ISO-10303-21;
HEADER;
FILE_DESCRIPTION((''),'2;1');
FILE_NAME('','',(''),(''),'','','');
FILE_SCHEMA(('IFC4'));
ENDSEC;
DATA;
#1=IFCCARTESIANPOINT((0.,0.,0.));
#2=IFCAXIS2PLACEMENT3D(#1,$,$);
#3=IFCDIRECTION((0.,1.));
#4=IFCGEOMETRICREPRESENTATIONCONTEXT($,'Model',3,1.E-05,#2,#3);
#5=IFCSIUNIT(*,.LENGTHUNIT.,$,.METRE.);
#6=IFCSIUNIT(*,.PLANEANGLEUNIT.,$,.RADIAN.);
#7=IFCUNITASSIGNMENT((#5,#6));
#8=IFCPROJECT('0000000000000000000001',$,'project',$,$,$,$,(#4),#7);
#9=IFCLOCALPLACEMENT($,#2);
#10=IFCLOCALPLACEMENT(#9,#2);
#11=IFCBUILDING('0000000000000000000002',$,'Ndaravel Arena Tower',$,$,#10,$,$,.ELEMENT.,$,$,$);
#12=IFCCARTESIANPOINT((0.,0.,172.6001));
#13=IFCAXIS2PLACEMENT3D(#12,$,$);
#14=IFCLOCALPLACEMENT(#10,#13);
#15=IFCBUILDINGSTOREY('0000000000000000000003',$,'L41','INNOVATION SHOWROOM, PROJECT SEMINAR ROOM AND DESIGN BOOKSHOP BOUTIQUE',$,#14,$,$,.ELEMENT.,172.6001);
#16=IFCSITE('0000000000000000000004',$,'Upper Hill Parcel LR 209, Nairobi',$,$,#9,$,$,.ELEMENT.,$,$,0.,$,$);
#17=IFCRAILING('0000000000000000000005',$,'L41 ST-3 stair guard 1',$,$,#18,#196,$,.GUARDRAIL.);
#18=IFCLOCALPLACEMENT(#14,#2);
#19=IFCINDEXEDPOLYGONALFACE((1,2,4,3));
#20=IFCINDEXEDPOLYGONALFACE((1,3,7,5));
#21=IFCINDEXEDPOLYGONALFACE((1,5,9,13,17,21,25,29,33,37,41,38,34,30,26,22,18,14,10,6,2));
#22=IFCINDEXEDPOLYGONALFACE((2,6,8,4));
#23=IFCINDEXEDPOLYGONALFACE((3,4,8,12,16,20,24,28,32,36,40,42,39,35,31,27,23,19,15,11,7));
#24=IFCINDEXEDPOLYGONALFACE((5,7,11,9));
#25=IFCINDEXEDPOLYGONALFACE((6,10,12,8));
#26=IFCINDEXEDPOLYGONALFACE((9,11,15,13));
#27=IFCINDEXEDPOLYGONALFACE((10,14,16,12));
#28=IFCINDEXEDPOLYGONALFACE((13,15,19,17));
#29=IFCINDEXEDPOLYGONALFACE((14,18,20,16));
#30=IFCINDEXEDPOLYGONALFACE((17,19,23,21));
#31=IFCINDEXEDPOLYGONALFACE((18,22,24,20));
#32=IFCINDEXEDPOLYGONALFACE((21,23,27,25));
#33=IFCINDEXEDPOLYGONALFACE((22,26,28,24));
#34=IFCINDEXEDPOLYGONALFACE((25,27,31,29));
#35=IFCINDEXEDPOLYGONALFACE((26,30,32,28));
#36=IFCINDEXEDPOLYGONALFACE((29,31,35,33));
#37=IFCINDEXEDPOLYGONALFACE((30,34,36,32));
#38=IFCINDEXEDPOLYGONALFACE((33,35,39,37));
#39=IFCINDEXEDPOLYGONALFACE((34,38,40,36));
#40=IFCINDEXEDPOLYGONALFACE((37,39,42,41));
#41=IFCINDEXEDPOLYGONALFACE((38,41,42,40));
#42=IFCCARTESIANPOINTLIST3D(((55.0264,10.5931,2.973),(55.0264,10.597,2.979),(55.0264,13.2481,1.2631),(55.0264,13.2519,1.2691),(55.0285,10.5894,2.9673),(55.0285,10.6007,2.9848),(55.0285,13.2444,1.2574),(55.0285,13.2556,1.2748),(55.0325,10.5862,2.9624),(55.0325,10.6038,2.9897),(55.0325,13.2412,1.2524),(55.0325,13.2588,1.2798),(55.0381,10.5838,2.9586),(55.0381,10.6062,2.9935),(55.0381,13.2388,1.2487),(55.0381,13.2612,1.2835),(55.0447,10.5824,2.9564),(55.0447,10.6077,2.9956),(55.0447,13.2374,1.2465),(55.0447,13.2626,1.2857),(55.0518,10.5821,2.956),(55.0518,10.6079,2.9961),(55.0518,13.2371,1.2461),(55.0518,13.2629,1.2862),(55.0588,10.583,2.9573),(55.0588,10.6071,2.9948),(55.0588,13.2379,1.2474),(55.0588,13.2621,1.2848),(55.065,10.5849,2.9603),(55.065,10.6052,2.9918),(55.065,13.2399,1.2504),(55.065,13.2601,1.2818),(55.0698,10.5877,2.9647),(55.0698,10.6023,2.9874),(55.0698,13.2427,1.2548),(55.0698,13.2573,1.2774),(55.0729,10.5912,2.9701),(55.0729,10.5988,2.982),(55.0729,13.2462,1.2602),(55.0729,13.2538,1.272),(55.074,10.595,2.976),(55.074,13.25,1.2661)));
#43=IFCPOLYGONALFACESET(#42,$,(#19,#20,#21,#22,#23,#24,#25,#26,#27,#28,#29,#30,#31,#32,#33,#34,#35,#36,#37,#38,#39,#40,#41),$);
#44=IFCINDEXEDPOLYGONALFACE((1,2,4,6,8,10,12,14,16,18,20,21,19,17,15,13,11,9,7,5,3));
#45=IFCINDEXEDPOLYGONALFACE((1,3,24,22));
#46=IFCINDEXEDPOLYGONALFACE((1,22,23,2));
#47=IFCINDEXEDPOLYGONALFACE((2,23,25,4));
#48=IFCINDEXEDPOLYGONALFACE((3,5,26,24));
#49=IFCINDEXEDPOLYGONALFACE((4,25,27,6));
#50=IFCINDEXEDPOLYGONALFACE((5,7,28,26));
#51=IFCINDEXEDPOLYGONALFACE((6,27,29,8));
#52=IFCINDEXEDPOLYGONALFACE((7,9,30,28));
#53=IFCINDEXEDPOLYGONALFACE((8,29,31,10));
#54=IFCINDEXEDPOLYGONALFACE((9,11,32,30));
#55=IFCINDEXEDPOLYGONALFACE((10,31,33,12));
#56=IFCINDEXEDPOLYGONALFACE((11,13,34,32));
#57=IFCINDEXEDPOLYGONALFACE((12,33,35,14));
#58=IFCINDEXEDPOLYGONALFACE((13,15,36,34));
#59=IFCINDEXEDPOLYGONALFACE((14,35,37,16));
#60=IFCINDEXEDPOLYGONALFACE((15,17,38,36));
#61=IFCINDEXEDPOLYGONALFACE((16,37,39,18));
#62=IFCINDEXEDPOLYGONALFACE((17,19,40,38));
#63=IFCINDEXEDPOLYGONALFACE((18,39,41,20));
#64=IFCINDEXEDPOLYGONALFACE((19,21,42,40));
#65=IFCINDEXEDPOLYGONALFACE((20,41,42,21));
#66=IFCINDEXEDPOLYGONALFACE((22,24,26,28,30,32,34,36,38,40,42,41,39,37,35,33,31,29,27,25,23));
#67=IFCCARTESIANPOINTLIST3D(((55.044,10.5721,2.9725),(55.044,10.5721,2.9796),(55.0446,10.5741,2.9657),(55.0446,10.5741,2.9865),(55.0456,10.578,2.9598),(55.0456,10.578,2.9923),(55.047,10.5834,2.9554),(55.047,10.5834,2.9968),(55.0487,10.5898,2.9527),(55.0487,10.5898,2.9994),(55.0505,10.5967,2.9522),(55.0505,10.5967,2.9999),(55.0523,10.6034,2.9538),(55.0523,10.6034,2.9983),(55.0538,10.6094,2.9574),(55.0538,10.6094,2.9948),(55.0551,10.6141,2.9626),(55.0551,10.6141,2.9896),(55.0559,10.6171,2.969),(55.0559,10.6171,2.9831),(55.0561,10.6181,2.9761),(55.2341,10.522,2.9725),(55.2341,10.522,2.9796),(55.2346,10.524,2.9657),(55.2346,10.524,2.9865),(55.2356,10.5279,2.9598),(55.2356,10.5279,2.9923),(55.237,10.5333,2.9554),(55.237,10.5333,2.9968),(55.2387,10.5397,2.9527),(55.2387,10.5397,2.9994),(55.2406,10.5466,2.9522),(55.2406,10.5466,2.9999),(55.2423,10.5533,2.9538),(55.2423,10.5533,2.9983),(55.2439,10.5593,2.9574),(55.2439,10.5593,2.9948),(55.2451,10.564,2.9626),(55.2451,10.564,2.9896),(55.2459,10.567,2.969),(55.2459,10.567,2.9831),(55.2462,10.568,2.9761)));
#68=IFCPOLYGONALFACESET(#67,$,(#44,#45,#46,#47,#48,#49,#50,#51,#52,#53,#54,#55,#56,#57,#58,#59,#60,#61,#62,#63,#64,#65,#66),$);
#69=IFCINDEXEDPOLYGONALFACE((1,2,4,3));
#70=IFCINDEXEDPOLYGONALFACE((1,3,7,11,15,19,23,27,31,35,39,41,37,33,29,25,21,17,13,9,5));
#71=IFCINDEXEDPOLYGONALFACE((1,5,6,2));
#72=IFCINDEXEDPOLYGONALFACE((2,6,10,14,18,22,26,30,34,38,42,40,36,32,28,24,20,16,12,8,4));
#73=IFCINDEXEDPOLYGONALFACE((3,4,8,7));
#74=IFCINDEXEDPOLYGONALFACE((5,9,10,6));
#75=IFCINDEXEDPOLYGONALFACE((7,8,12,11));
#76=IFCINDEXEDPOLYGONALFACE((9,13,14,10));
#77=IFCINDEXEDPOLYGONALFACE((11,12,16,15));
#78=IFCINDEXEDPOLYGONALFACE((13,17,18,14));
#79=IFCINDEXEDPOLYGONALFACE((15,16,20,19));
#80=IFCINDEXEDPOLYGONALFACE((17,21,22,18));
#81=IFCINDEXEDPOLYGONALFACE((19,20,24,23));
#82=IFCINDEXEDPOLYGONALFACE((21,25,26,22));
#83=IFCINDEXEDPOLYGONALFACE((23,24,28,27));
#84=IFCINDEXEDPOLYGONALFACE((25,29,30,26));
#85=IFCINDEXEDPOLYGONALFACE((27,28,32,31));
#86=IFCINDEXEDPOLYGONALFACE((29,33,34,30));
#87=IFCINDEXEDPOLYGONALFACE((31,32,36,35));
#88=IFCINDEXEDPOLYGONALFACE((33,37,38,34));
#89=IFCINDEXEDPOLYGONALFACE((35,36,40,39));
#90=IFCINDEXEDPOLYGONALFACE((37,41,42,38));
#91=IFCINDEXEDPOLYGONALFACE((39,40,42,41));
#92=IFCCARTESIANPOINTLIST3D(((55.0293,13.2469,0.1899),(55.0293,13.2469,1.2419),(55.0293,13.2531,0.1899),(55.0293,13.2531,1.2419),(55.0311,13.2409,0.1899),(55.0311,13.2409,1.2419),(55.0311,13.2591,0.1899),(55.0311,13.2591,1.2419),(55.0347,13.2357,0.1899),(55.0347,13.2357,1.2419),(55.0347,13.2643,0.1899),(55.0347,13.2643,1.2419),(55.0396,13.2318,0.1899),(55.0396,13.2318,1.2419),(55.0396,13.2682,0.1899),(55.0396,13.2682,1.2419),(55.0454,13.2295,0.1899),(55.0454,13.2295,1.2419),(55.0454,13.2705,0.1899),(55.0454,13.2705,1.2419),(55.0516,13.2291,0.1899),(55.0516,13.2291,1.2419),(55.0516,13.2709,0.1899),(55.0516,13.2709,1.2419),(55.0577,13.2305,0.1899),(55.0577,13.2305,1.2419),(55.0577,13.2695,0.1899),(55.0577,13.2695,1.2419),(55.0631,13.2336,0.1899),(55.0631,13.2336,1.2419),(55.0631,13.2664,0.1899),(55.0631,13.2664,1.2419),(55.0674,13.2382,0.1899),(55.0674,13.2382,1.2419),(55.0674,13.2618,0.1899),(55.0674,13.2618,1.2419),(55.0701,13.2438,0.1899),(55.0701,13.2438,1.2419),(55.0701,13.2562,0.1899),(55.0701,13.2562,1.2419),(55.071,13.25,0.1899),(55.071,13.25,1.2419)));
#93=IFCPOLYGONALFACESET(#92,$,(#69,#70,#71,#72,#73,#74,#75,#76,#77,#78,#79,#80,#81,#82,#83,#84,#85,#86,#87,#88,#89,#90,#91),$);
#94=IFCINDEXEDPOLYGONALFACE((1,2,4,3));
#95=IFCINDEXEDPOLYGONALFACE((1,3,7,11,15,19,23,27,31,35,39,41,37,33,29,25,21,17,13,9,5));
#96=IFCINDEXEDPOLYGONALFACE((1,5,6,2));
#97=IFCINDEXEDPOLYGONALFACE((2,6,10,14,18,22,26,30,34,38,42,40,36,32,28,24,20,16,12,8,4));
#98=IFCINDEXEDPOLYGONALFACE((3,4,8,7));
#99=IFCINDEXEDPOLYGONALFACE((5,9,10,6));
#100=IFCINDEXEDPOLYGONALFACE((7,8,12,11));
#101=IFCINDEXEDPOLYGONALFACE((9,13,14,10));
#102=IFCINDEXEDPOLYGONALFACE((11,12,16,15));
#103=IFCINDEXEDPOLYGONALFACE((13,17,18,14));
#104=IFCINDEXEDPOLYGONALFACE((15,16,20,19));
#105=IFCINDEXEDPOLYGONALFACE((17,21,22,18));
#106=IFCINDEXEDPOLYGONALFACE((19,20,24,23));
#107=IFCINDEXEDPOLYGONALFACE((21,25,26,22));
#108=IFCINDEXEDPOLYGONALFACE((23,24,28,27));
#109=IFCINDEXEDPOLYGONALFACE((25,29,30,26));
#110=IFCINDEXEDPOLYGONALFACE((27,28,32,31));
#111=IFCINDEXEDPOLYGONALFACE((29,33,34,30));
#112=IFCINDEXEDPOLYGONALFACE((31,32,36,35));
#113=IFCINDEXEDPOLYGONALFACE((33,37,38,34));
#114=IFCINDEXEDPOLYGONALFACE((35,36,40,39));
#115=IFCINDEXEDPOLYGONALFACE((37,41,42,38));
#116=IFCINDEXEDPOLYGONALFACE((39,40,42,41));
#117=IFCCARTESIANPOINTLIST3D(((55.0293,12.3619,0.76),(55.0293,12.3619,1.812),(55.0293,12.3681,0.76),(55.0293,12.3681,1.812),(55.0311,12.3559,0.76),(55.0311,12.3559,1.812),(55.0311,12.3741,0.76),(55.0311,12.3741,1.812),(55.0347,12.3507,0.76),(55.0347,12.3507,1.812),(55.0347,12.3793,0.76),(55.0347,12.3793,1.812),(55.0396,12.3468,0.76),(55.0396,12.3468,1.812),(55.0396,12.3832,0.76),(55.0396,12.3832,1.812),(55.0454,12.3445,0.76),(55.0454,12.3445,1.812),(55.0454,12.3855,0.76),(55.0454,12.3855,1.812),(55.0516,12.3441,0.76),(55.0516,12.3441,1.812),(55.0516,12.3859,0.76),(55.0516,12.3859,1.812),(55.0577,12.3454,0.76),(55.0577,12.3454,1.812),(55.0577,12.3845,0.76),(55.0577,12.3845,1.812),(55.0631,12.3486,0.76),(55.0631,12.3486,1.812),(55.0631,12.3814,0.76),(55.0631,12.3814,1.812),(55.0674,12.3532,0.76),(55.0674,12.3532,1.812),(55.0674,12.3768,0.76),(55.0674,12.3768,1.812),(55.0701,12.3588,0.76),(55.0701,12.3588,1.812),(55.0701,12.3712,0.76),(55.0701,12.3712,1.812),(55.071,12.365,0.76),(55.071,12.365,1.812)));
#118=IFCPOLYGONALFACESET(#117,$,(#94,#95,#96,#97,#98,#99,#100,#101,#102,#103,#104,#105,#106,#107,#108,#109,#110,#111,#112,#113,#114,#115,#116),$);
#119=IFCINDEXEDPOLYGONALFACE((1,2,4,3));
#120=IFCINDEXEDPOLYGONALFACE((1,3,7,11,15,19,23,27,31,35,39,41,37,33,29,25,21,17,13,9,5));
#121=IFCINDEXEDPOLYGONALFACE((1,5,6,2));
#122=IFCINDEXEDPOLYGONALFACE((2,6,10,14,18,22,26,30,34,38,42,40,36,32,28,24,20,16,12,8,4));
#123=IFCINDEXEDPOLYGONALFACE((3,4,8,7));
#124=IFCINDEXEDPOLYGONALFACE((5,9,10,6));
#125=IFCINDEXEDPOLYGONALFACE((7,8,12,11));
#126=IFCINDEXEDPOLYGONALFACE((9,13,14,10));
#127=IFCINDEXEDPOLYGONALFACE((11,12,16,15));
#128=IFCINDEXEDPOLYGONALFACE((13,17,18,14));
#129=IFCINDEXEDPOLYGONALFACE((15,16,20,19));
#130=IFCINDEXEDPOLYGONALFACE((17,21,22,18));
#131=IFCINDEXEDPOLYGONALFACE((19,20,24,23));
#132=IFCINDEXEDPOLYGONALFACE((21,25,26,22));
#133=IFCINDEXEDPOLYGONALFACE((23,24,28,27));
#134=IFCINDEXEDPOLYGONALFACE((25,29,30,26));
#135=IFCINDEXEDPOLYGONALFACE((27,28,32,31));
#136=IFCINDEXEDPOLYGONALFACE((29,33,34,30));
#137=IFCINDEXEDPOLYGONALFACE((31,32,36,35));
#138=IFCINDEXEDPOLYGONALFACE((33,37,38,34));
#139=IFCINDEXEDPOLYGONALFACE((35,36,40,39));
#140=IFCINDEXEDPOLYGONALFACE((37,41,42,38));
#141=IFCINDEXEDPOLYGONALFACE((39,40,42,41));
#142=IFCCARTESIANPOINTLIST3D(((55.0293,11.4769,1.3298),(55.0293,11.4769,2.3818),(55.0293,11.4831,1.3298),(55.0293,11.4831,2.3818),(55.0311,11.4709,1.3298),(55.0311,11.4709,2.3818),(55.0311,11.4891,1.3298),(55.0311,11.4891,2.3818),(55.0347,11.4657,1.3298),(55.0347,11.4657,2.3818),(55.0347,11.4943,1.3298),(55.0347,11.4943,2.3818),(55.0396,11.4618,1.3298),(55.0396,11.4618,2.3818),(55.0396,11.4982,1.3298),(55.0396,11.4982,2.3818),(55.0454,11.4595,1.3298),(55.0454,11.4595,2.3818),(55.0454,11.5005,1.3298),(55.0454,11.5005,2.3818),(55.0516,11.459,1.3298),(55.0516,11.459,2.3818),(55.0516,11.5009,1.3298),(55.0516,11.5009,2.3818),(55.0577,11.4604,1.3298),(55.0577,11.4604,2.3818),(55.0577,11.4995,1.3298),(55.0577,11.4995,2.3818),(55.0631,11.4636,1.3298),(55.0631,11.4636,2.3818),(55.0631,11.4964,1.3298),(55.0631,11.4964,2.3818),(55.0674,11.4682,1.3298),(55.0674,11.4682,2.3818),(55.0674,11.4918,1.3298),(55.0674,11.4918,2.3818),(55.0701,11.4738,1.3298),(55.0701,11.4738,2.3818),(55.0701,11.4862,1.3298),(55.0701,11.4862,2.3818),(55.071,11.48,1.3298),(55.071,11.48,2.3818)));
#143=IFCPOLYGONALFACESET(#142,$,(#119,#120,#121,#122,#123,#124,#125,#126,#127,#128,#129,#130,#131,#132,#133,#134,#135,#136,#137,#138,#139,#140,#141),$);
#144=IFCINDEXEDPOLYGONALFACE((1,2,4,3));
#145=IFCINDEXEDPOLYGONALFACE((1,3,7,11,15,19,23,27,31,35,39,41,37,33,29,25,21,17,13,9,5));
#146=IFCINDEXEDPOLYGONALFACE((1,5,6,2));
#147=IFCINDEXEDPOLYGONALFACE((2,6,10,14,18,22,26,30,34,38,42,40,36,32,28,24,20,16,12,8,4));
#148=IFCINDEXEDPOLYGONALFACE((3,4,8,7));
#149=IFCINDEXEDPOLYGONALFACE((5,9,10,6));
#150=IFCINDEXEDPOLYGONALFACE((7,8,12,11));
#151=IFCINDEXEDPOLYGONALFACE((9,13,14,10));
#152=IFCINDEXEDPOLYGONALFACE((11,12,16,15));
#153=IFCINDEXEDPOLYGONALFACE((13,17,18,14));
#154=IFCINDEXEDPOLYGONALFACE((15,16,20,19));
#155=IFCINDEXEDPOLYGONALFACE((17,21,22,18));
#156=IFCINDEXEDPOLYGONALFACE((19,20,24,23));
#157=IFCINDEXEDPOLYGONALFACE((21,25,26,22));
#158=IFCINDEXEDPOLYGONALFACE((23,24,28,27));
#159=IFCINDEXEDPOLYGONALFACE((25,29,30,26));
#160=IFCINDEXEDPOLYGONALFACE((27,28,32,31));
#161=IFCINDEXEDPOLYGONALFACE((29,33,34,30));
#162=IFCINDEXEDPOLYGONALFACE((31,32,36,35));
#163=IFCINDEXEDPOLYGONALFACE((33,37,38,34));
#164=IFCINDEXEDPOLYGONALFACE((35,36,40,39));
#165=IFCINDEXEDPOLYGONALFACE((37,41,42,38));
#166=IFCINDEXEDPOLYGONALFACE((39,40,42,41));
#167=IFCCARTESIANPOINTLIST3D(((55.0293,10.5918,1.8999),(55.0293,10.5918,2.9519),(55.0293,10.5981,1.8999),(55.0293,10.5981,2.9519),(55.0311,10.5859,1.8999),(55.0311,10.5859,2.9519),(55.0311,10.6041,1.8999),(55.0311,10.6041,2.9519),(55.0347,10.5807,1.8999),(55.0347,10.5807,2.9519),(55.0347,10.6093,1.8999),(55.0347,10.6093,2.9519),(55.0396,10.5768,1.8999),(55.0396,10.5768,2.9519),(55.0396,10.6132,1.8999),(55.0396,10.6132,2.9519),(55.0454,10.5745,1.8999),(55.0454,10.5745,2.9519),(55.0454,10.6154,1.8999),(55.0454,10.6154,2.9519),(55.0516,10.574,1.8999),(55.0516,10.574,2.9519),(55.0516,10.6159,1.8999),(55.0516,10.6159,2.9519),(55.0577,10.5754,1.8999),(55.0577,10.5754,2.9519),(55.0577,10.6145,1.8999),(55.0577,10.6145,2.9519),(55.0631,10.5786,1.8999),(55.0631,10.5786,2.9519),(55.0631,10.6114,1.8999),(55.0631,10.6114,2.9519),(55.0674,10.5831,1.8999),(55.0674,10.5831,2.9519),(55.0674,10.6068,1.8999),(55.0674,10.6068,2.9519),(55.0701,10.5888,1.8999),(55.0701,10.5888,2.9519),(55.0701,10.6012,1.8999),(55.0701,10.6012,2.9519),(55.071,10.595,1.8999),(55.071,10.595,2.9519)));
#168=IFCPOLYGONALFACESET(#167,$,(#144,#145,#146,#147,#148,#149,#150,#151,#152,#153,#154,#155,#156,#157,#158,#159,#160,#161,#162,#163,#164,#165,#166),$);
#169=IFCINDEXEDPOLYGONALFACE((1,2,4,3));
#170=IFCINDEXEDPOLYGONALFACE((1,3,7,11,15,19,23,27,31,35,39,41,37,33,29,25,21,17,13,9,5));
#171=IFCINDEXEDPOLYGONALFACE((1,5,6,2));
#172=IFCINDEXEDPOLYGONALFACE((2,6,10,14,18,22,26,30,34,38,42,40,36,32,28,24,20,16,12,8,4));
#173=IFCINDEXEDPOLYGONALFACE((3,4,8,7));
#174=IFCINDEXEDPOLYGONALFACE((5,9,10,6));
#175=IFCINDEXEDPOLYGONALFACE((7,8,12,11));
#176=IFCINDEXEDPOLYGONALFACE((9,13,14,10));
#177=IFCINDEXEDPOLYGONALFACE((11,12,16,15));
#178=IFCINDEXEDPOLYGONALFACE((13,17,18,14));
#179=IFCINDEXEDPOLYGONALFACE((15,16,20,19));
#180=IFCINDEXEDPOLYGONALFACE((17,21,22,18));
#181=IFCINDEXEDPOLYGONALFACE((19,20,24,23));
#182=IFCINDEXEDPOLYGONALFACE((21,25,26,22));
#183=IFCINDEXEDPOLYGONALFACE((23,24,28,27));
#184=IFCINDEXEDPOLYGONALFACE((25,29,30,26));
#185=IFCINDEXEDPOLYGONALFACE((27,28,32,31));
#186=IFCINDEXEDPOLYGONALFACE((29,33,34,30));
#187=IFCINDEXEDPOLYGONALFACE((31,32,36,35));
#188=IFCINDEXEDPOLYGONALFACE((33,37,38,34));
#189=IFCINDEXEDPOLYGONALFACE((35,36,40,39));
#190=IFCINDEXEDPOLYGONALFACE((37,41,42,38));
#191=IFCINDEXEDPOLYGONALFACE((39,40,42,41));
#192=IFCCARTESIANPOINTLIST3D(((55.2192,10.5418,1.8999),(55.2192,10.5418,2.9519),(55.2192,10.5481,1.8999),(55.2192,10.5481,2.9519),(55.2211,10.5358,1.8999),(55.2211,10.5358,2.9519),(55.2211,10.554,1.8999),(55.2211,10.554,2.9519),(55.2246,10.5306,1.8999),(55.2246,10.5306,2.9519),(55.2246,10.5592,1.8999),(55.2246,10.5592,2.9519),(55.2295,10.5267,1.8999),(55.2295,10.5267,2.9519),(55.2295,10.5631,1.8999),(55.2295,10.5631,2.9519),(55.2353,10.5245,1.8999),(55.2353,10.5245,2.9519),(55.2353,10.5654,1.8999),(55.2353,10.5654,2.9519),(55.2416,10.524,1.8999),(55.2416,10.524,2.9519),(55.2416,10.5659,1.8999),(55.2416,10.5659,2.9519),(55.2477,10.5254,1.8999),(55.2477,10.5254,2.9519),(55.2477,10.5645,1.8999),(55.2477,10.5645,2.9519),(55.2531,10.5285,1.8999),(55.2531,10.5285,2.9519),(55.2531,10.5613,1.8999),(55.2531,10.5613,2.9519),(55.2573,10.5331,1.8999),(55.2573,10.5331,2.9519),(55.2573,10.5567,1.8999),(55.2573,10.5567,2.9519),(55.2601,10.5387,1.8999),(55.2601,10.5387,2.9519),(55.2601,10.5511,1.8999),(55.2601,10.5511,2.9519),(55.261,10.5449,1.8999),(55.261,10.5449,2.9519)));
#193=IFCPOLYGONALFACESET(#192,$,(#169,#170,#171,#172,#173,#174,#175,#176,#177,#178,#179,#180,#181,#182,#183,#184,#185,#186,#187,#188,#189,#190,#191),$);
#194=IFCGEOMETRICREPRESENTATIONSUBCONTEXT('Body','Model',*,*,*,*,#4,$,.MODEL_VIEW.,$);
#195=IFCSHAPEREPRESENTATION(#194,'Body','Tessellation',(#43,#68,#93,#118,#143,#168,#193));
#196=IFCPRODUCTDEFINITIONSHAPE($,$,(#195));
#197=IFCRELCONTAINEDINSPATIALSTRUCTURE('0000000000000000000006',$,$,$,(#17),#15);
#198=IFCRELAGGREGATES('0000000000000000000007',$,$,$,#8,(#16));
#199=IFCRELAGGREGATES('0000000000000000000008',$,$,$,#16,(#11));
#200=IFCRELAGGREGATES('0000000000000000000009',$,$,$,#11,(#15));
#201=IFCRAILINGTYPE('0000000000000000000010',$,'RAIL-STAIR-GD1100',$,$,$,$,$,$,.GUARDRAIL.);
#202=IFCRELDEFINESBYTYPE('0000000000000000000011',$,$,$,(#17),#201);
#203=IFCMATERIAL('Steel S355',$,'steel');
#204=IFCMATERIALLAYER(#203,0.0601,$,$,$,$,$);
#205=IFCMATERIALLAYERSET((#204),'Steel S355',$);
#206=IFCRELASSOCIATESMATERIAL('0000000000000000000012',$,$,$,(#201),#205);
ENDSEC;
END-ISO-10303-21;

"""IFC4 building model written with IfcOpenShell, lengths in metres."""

from ifc_helpers import new_model, si_unit, direction, frame, origin, origin_2d, place, context, subcontext, project, spatial, circle, extrude, material, layer, layer_set, type_object, element, save


model = new_model("IFC4")

# Units and contexts
model_context = context("Model", 3, precision=1e-05, world=origin(), true_north=direction((0.0, 1.0)))
body_context = subcontext(model_context, "Body", "Model", "MODEL_VIEW")
ifc_project = project(units=[si_unit("LENGTHUNIT", "METRE"), si_unit("PLANEANGLEUNIT", "RADIAN")], contexts=[model_context])

# Site, building, storey
site_placement = place(None, origin())
site = spatial("IfcSite", under=ifc_project, at=site_placement, Name="Upper Hill Parcel LR 209, Nairobi", CompositionType="ELEMENT", RefElevation=0.0)
building_placement = place(site_placement, origin())
building = spatial("IfcBuilding", under=site, at=building_placement, Name="Ndaravel Arena Tower", CompositionType="ELEMENT")
storey_placement = place(building_placement, frame((0.0, 0.0, 172.6001)))
storey = spatial("IfcBuildingStorey", under=building, at=storey_placement, Name="L41", Description="INNOVATION SHOWROOM, PROJECT SEMINAR ROOM AND DESIGN BOOKSHOP BOUTIQUE", CompositionType="ELEMENT", Elevation=172.6001)

# Railing
ifc_material_1 = material(Name="Steel S355", Category="steel")
ifc_layer_1 = layer(ifc_material_1, 0.0601)
ifc_layer_set_1 = layer_set([ifc_layer_1], Name="Steel S355")
railing_type_1 = type_object("IfcRailingType", Name="RAIL-STAIR-GD1100", PredefinedType="GUARDRAIL", material=ifc_layer_set_1)
railing_1_placement = place(storey_placement, frame((55.05, 13.25, 0.1899)))
element("IfcRailing", 1, at=railing_1_placement, inside=storey, type_object=railing_type_1, Name="L41 ST-3 stair guard 1", PredefinedType="GUARDRAIL", context=body_context, shape_type="SweptSolid", body=[
    extrude(circle(Radius=0.0239, at=origin_2d()), frame((0.0, 0.0, 1.0762), z_axis=(0.0, -0.840724, 0.541465), x_axis=(1.0, 0.0, 0.0)), (0.0, 0.0, 1.0), 3.158),
    extrude(circle(Radius=0.0239, at=origin_2d()), frame((0.0, -2.655, 2.7861), z_axis=(0.966994, -0.254799, 0.0), x_axis=(0.254799, 0.966994, 0.0)), (0.0, 0.0, 1.0), 0.1965),
    extrude(circle(Radius=0.021, at=origin_2d()), origin(), (0.0, 0.0, 1.0), 1.052),
    extrude(circle(Radius=0.021, at=origin_2d()), frame((0.0, -0.885, 0.5701)), (0.0, 0.0, 1.0), 1.052),
    extrude(circle(Radius=0.021, at=origin_2d()), frame((0.0, -1.77, 1.1399)), (0.0, 0.0, 1.0), 1.052),
    extrude(circle(Radius=0.021, at=origin_2d()), frame((0.0, -2.655, 1.71)), (0.0, 0.0, 1.0), 1.052),
    extrude(circle(Radius=0.021, at=origin_2d()), frame((0.1899, -2.7051, 1.71)), (0.0, 0.0, 1.0), 1.052),
])

save(model, "model.ifc")
